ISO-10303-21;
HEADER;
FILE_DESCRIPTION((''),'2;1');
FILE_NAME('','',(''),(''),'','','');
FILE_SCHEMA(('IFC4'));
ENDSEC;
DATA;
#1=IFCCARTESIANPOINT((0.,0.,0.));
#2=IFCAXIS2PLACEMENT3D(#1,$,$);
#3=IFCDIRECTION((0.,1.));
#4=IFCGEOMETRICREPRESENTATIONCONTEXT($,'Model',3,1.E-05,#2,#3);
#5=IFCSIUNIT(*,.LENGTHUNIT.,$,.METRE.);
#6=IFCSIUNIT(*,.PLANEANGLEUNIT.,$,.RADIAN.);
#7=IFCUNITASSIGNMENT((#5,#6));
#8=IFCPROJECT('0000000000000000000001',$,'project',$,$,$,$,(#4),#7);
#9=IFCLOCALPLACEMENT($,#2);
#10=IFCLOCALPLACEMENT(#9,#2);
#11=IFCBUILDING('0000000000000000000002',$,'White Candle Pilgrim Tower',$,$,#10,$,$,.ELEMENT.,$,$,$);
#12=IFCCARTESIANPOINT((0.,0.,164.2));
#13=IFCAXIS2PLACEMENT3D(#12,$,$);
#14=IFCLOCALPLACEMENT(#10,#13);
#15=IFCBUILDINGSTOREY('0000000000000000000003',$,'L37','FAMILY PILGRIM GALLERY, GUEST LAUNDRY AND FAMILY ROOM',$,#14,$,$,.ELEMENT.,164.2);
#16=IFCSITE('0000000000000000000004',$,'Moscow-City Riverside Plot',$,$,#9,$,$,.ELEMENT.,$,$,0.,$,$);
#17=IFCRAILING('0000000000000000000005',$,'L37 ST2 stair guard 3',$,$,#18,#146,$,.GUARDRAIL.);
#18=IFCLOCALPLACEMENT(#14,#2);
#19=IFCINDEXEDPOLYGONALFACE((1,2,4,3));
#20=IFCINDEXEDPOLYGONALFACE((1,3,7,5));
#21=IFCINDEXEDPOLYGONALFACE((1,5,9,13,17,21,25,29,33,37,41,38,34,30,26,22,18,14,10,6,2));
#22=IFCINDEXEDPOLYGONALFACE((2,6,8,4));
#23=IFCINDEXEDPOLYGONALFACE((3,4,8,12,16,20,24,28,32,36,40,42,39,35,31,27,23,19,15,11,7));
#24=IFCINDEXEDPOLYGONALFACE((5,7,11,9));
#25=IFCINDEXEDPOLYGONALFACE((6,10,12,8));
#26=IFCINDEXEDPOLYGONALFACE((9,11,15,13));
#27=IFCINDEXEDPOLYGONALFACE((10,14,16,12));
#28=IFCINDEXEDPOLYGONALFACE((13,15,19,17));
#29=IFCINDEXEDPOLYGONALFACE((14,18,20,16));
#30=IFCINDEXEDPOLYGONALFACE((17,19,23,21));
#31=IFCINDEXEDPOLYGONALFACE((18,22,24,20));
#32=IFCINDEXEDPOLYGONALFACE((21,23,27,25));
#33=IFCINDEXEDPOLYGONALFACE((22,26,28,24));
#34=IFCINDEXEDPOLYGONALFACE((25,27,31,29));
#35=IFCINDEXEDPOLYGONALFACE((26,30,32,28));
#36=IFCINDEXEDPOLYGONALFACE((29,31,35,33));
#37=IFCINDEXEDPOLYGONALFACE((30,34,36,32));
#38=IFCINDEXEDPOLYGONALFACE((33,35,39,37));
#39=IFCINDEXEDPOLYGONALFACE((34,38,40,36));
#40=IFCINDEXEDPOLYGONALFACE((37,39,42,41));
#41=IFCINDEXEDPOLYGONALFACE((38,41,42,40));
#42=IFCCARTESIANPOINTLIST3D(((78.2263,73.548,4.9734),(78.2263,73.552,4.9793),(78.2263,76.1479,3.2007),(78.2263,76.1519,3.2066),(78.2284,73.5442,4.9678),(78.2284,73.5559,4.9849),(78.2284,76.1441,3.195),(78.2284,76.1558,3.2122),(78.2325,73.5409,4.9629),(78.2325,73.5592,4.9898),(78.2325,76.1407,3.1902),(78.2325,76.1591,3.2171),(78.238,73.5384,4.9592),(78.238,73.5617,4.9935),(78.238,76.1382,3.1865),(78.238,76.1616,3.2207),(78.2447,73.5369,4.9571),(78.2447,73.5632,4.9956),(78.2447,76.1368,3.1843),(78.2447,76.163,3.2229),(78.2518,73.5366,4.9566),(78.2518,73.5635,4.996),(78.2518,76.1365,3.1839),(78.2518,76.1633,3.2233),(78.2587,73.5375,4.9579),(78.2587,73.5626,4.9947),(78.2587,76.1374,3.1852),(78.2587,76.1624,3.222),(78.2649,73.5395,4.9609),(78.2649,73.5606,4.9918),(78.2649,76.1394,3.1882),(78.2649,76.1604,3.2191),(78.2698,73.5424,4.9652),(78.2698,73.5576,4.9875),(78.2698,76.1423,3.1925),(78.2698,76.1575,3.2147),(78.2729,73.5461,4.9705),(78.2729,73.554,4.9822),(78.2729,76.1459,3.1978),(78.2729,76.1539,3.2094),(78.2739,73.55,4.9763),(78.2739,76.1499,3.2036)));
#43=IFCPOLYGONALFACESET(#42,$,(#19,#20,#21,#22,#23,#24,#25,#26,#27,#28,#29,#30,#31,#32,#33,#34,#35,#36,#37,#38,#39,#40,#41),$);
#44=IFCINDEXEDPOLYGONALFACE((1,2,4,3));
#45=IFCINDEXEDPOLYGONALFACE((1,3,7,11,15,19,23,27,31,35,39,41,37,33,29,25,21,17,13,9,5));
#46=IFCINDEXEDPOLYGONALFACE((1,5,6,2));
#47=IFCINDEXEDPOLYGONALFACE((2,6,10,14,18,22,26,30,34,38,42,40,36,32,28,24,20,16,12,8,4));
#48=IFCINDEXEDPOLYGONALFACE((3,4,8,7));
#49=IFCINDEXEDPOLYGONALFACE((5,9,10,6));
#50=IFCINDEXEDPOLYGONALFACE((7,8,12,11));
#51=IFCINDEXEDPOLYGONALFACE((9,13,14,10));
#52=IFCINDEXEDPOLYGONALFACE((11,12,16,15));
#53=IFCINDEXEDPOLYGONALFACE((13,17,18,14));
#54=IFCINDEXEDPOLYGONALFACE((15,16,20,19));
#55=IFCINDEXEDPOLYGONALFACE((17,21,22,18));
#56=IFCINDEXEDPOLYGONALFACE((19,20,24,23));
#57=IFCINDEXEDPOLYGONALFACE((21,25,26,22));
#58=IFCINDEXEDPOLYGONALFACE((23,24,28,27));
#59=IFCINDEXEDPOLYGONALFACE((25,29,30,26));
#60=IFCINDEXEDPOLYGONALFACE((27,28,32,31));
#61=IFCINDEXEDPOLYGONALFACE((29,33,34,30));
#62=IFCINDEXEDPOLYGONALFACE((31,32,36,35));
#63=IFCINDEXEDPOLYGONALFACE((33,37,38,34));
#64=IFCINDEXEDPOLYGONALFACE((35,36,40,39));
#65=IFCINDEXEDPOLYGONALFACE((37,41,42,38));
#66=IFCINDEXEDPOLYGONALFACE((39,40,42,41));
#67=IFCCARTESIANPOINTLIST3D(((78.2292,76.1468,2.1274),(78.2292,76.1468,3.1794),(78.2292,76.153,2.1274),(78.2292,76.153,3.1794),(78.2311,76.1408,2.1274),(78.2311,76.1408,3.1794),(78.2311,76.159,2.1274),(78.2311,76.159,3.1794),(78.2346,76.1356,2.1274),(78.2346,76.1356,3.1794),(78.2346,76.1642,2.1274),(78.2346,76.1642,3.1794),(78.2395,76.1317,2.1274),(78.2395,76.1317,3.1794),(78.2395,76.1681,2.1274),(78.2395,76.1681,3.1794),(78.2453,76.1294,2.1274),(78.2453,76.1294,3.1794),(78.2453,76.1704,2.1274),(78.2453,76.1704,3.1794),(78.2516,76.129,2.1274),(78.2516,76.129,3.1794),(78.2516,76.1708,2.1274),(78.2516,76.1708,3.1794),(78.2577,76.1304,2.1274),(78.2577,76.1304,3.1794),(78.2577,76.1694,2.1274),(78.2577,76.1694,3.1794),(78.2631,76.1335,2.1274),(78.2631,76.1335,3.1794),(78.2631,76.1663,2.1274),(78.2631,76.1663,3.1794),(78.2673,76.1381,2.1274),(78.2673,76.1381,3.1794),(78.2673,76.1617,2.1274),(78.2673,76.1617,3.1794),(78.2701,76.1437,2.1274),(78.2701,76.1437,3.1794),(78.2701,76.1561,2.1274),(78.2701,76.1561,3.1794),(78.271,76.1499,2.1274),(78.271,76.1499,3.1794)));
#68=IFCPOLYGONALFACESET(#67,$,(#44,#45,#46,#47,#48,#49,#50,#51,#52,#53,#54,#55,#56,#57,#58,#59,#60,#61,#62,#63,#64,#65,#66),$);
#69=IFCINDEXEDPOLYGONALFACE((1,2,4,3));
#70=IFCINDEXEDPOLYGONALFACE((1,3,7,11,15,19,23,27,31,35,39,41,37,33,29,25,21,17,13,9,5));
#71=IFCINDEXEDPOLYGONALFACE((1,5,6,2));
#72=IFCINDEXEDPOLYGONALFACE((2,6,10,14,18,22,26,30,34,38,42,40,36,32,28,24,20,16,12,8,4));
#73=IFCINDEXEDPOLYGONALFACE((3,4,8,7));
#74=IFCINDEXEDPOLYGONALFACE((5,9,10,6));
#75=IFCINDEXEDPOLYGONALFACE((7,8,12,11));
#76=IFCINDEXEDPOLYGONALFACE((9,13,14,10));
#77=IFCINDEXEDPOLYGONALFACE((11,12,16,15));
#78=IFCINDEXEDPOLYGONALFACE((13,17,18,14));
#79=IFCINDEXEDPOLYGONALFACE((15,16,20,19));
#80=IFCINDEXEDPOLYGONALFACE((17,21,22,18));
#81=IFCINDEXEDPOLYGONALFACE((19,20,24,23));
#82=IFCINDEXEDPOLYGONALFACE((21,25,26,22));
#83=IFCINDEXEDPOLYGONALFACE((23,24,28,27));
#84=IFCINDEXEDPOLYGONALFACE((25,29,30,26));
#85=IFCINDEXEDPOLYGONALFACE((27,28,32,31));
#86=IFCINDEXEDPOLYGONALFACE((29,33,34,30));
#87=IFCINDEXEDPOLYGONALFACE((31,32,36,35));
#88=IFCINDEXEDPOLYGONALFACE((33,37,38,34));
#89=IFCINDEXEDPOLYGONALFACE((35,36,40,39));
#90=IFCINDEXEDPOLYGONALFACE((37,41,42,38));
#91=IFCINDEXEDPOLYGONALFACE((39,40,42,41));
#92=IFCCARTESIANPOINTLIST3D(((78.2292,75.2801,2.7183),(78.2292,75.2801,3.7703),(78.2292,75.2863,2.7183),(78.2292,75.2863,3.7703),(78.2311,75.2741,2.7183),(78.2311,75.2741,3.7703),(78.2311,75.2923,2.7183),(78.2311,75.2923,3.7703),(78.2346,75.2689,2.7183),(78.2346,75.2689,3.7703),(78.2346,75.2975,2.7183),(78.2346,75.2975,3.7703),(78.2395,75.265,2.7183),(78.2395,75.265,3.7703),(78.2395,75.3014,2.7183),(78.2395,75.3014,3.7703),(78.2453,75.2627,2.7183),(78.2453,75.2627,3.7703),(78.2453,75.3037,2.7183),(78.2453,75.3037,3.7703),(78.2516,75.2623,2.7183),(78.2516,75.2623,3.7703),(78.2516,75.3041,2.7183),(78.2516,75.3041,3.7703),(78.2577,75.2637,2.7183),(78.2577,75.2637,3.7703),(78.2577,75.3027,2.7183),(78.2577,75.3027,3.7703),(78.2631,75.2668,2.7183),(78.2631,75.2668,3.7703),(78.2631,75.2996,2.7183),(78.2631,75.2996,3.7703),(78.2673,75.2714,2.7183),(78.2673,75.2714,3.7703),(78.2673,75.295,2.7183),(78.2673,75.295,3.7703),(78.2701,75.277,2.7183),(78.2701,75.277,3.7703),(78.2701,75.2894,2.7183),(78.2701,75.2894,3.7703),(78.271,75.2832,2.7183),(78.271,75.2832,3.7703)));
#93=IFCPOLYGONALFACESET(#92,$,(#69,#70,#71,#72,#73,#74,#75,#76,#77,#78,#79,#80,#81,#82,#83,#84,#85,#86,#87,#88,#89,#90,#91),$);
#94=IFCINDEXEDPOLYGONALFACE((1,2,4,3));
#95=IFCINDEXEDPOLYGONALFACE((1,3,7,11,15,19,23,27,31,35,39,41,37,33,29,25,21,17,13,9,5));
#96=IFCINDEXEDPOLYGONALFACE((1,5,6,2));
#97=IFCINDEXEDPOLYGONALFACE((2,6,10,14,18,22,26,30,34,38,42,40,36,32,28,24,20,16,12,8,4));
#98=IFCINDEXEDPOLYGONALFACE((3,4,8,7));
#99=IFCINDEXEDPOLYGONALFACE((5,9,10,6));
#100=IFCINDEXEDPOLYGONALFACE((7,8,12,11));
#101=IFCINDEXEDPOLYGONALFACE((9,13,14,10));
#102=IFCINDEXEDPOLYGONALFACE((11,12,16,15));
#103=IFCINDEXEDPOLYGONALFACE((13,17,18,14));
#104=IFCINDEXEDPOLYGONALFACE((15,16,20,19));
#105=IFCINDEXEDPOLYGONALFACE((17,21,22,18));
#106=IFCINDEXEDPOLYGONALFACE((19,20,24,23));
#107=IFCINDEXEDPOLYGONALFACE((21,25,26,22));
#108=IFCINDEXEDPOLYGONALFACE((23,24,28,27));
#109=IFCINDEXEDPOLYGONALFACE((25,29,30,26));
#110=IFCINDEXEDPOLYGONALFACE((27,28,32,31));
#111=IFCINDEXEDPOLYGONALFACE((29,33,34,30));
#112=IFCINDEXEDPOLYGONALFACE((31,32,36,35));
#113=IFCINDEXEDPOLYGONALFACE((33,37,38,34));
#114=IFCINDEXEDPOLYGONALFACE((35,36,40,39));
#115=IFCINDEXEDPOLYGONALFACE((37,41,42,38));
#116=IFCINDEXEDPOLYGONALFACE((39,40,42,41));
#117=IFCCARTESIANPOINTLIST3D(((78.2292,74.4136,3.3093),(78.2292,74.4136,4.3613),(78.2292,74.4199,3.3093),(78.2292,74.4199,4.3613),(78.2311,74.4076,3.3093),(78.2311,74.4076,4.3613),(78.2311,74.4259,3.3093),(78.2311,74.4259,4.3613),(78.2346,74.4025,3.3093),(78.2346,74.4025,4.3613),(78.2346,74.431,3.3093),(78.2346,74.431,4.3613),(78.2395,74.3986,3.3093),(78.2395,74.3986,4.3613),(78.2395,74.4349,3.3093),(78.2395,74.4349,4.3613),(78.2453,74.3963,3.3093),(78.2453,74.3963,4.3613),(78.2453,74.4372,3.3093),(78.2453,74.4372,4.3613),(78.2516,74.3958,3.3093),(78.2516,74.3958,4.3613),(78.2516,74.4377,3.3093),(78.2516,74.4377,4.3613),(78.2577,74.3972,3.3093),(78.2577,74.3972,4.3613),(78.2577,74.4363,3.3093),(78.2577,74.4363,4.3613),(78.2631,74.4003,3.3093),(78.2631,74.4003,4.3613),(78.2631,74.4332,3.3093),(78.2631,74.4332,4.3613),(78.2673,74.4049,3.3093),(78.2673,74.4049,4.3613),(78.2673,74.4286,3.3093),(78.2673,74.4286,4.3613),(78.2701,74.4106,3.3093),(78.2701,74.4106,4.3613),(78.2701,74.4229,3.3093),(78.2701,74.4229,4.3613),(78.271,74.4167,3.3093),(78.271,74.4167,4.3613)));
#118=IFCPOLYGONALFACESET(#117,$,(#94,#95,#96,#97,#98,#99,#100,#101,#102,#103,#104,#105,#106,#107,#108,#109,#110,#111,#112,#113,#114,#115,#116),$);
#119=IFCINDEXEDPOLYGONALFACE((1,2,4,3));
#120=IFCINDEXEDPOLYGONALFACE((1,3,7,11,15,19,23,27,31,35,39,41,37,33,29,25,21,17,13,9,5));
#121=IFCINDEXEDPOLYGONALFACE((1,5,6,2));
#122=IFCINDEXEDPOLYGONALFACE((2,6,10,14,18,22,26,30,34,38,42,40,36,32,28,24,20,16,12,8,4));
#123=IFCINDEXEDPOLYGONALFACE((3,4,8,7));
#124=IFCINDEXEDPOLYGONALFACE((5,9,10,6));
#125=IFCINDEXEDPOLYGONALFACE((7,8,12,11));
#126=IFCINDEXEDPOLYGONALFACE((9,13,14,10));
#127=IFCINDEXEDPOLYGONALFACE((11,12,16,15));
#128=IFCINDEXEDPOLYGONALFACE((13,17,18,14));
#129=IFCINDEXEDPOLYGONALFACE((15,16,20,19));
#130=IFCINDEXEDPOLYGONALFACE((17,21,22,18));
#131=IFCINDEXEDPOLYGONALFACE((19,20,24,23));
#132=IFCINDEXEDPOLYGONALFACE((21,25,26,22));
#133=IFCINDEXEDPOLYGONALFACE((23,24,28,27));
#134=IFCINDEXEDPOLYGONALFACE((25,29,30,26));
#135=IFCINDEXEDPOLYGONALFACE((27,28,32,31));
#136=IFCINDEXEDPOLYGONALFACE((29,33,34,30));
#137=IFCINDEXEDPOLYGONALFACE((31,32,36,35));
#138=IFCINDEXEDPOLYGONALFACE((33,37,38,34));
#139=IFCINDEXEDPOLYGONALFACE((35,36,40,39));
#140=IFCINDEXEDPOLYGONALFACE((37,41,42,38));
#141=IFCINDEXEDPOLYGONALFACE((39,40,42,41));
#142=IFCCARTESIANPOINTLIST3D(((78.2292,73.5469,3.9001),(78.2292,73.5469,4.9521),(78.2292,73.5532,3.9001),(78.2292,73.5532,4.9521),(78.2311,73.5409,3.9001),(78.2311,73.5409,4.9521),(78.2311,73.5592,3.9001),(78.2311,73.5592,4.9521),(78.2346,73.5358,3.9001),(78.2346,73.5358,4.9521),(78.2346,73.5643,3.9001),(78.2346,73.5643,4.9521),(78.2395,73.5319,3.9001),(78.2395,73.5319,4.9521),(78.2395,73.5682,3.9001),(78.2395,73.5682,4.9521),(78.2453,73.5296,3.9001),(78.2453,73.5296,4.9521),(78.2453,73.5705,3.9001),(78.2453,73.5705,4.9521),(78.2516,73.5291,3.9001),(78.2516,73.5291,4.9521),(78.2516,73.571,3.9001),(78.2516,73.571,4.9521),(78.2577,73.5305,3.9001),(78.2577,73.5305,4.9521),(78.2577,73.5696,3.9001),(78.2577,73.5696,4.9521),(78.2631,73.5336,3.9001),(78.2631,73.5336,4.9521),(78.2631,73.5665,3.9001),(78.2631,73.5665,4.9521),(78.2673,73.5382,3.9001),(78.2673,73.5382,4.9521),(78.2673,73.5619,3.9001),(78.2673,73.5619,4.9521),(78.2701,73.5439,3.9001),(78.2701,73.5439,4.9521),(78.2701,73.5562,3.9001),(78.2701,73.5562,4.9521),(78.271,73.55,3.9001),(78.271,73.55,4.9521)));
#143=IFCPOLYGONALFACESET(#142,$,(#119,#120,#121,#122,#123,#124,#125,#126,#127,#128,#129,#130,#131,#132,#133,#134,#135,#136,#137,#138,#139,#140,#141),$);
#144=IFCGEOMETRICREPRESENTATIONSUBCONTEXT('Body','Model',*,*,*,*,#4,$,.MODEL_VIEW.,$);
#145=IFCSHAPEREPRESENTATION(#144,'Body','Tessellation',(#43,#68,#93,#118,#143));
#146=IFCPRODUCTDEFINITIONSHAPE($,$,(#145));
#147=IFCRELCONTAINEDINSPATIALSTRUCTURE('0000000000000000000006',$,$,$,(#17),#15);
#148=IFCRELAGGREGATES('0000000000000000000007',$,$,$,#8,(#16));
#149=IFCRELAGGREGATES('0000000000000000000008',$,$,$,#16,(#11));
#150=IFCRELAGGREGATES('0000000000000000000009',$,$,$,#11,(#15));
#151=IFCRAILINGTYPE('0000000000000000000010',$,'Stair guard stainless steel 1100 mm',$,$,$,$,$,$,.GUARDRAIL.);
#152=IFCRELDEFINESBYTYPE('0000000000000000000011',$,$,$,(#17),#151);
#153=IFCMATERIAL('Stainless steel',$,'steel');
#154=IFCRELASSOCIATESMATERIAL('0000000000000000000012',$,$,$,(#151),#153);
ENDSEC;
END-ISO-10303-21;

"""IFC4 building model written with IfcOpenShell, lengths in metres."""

from ifc_helpers import new_model, si_unit, direction, frame, origin, origin_2d, place, context, subcontext, project, spatial, circle, extrude, material, type_object, element, save


model = new_model("IFC4")

# Units and contexts
model_context = context("Model", 3, precision=1e-05, world=origin(), true_north=direction((0.0, 1.0)))
body_context = subcontext(model_context, "Body", "Model", "MODEL_VIEW")
ifc_project = project(units=[si_unit("LENGTHUNIT", "METRE"), si_unit("PLANEANGLEUNIT", "RADIAN")], contexts=[model_context])

# Site, building, storey
site_placement = place(None, origin())
site = spatial("IfcSite", under=ifc_project, at=site_placement, Name="Moscow-City Riverside Plot", CompositionType="ELEMENT", RefElevation=0.0)
building_placement = place(site_placement, origin())
building = spatial("IfcBuilding", under=site, at=building_placement, Name="White Candle Pilgrim Tower", CompositionType="ELEMENT")
storey_placement = place(building_placement, frame((0.0, 0.0, 164.2)))
storey = spatial("IfcBuildingStorey", under=building, at=storey_placement, Name="L37", Description="FAMILY PILGRIM GALLERY, GUEST LAUNDRY AND FAMILY ROOM", CompositionType="ELEMENT", Elevation=164.2)

# Railing
ifc_material_1 = material(Name="Stainless steel", Category="steel")
railing_type = type_object("IfcRailingType", Name="Stair guard stainless steel 1100 mm", PredefinedType="GUARDRAIL", material=ifc_material_1)
railing_1_placement = place(storey_placement, frame((78.25, 76.1499, 2.1274)))
element("IfcRailing", 1, at=railing_1_placement, inside=storey, type_object=railing_type, Name="L37 ST2 stair guard 3", PredefinedType="GUARDRAIL", context=body_context, shape_type="SweptSolid", body=[
    extrude(circle(Radius=0.0239, at=origin_2d()), frame((0.0, 0.0, 1.0762), z_axis=(0.0, -0.826216, 0.563354), x_axis=(1.0, 0.0, 0.0)), (0.0, 0.0, 1.0), 3.1467),
    extrude(circle(Radius=0.021, at=origin_2d()), origin(), (0.0, 0.0, 1.0), 1.052),
    extrude(circle(Radius=0.021, at=origin_2d()), frame((0.0, -0.8667, 0.5908)), (0.0, 0.0, 1.0), 1.052),
    extrude(circle(Radius=0.021, at=origin_2d()), frame((0.0, -1.7332, 1.1819)), (0.0, 0.0, 1.0), 1.052),
    extrude(circle(Radius=0.021, at=origin_2d()), frame((0.0, -2.5999, 1.7727)), (0.0, 0.0, 1.0), 1.052),
])

save(model, "model.ifc")
